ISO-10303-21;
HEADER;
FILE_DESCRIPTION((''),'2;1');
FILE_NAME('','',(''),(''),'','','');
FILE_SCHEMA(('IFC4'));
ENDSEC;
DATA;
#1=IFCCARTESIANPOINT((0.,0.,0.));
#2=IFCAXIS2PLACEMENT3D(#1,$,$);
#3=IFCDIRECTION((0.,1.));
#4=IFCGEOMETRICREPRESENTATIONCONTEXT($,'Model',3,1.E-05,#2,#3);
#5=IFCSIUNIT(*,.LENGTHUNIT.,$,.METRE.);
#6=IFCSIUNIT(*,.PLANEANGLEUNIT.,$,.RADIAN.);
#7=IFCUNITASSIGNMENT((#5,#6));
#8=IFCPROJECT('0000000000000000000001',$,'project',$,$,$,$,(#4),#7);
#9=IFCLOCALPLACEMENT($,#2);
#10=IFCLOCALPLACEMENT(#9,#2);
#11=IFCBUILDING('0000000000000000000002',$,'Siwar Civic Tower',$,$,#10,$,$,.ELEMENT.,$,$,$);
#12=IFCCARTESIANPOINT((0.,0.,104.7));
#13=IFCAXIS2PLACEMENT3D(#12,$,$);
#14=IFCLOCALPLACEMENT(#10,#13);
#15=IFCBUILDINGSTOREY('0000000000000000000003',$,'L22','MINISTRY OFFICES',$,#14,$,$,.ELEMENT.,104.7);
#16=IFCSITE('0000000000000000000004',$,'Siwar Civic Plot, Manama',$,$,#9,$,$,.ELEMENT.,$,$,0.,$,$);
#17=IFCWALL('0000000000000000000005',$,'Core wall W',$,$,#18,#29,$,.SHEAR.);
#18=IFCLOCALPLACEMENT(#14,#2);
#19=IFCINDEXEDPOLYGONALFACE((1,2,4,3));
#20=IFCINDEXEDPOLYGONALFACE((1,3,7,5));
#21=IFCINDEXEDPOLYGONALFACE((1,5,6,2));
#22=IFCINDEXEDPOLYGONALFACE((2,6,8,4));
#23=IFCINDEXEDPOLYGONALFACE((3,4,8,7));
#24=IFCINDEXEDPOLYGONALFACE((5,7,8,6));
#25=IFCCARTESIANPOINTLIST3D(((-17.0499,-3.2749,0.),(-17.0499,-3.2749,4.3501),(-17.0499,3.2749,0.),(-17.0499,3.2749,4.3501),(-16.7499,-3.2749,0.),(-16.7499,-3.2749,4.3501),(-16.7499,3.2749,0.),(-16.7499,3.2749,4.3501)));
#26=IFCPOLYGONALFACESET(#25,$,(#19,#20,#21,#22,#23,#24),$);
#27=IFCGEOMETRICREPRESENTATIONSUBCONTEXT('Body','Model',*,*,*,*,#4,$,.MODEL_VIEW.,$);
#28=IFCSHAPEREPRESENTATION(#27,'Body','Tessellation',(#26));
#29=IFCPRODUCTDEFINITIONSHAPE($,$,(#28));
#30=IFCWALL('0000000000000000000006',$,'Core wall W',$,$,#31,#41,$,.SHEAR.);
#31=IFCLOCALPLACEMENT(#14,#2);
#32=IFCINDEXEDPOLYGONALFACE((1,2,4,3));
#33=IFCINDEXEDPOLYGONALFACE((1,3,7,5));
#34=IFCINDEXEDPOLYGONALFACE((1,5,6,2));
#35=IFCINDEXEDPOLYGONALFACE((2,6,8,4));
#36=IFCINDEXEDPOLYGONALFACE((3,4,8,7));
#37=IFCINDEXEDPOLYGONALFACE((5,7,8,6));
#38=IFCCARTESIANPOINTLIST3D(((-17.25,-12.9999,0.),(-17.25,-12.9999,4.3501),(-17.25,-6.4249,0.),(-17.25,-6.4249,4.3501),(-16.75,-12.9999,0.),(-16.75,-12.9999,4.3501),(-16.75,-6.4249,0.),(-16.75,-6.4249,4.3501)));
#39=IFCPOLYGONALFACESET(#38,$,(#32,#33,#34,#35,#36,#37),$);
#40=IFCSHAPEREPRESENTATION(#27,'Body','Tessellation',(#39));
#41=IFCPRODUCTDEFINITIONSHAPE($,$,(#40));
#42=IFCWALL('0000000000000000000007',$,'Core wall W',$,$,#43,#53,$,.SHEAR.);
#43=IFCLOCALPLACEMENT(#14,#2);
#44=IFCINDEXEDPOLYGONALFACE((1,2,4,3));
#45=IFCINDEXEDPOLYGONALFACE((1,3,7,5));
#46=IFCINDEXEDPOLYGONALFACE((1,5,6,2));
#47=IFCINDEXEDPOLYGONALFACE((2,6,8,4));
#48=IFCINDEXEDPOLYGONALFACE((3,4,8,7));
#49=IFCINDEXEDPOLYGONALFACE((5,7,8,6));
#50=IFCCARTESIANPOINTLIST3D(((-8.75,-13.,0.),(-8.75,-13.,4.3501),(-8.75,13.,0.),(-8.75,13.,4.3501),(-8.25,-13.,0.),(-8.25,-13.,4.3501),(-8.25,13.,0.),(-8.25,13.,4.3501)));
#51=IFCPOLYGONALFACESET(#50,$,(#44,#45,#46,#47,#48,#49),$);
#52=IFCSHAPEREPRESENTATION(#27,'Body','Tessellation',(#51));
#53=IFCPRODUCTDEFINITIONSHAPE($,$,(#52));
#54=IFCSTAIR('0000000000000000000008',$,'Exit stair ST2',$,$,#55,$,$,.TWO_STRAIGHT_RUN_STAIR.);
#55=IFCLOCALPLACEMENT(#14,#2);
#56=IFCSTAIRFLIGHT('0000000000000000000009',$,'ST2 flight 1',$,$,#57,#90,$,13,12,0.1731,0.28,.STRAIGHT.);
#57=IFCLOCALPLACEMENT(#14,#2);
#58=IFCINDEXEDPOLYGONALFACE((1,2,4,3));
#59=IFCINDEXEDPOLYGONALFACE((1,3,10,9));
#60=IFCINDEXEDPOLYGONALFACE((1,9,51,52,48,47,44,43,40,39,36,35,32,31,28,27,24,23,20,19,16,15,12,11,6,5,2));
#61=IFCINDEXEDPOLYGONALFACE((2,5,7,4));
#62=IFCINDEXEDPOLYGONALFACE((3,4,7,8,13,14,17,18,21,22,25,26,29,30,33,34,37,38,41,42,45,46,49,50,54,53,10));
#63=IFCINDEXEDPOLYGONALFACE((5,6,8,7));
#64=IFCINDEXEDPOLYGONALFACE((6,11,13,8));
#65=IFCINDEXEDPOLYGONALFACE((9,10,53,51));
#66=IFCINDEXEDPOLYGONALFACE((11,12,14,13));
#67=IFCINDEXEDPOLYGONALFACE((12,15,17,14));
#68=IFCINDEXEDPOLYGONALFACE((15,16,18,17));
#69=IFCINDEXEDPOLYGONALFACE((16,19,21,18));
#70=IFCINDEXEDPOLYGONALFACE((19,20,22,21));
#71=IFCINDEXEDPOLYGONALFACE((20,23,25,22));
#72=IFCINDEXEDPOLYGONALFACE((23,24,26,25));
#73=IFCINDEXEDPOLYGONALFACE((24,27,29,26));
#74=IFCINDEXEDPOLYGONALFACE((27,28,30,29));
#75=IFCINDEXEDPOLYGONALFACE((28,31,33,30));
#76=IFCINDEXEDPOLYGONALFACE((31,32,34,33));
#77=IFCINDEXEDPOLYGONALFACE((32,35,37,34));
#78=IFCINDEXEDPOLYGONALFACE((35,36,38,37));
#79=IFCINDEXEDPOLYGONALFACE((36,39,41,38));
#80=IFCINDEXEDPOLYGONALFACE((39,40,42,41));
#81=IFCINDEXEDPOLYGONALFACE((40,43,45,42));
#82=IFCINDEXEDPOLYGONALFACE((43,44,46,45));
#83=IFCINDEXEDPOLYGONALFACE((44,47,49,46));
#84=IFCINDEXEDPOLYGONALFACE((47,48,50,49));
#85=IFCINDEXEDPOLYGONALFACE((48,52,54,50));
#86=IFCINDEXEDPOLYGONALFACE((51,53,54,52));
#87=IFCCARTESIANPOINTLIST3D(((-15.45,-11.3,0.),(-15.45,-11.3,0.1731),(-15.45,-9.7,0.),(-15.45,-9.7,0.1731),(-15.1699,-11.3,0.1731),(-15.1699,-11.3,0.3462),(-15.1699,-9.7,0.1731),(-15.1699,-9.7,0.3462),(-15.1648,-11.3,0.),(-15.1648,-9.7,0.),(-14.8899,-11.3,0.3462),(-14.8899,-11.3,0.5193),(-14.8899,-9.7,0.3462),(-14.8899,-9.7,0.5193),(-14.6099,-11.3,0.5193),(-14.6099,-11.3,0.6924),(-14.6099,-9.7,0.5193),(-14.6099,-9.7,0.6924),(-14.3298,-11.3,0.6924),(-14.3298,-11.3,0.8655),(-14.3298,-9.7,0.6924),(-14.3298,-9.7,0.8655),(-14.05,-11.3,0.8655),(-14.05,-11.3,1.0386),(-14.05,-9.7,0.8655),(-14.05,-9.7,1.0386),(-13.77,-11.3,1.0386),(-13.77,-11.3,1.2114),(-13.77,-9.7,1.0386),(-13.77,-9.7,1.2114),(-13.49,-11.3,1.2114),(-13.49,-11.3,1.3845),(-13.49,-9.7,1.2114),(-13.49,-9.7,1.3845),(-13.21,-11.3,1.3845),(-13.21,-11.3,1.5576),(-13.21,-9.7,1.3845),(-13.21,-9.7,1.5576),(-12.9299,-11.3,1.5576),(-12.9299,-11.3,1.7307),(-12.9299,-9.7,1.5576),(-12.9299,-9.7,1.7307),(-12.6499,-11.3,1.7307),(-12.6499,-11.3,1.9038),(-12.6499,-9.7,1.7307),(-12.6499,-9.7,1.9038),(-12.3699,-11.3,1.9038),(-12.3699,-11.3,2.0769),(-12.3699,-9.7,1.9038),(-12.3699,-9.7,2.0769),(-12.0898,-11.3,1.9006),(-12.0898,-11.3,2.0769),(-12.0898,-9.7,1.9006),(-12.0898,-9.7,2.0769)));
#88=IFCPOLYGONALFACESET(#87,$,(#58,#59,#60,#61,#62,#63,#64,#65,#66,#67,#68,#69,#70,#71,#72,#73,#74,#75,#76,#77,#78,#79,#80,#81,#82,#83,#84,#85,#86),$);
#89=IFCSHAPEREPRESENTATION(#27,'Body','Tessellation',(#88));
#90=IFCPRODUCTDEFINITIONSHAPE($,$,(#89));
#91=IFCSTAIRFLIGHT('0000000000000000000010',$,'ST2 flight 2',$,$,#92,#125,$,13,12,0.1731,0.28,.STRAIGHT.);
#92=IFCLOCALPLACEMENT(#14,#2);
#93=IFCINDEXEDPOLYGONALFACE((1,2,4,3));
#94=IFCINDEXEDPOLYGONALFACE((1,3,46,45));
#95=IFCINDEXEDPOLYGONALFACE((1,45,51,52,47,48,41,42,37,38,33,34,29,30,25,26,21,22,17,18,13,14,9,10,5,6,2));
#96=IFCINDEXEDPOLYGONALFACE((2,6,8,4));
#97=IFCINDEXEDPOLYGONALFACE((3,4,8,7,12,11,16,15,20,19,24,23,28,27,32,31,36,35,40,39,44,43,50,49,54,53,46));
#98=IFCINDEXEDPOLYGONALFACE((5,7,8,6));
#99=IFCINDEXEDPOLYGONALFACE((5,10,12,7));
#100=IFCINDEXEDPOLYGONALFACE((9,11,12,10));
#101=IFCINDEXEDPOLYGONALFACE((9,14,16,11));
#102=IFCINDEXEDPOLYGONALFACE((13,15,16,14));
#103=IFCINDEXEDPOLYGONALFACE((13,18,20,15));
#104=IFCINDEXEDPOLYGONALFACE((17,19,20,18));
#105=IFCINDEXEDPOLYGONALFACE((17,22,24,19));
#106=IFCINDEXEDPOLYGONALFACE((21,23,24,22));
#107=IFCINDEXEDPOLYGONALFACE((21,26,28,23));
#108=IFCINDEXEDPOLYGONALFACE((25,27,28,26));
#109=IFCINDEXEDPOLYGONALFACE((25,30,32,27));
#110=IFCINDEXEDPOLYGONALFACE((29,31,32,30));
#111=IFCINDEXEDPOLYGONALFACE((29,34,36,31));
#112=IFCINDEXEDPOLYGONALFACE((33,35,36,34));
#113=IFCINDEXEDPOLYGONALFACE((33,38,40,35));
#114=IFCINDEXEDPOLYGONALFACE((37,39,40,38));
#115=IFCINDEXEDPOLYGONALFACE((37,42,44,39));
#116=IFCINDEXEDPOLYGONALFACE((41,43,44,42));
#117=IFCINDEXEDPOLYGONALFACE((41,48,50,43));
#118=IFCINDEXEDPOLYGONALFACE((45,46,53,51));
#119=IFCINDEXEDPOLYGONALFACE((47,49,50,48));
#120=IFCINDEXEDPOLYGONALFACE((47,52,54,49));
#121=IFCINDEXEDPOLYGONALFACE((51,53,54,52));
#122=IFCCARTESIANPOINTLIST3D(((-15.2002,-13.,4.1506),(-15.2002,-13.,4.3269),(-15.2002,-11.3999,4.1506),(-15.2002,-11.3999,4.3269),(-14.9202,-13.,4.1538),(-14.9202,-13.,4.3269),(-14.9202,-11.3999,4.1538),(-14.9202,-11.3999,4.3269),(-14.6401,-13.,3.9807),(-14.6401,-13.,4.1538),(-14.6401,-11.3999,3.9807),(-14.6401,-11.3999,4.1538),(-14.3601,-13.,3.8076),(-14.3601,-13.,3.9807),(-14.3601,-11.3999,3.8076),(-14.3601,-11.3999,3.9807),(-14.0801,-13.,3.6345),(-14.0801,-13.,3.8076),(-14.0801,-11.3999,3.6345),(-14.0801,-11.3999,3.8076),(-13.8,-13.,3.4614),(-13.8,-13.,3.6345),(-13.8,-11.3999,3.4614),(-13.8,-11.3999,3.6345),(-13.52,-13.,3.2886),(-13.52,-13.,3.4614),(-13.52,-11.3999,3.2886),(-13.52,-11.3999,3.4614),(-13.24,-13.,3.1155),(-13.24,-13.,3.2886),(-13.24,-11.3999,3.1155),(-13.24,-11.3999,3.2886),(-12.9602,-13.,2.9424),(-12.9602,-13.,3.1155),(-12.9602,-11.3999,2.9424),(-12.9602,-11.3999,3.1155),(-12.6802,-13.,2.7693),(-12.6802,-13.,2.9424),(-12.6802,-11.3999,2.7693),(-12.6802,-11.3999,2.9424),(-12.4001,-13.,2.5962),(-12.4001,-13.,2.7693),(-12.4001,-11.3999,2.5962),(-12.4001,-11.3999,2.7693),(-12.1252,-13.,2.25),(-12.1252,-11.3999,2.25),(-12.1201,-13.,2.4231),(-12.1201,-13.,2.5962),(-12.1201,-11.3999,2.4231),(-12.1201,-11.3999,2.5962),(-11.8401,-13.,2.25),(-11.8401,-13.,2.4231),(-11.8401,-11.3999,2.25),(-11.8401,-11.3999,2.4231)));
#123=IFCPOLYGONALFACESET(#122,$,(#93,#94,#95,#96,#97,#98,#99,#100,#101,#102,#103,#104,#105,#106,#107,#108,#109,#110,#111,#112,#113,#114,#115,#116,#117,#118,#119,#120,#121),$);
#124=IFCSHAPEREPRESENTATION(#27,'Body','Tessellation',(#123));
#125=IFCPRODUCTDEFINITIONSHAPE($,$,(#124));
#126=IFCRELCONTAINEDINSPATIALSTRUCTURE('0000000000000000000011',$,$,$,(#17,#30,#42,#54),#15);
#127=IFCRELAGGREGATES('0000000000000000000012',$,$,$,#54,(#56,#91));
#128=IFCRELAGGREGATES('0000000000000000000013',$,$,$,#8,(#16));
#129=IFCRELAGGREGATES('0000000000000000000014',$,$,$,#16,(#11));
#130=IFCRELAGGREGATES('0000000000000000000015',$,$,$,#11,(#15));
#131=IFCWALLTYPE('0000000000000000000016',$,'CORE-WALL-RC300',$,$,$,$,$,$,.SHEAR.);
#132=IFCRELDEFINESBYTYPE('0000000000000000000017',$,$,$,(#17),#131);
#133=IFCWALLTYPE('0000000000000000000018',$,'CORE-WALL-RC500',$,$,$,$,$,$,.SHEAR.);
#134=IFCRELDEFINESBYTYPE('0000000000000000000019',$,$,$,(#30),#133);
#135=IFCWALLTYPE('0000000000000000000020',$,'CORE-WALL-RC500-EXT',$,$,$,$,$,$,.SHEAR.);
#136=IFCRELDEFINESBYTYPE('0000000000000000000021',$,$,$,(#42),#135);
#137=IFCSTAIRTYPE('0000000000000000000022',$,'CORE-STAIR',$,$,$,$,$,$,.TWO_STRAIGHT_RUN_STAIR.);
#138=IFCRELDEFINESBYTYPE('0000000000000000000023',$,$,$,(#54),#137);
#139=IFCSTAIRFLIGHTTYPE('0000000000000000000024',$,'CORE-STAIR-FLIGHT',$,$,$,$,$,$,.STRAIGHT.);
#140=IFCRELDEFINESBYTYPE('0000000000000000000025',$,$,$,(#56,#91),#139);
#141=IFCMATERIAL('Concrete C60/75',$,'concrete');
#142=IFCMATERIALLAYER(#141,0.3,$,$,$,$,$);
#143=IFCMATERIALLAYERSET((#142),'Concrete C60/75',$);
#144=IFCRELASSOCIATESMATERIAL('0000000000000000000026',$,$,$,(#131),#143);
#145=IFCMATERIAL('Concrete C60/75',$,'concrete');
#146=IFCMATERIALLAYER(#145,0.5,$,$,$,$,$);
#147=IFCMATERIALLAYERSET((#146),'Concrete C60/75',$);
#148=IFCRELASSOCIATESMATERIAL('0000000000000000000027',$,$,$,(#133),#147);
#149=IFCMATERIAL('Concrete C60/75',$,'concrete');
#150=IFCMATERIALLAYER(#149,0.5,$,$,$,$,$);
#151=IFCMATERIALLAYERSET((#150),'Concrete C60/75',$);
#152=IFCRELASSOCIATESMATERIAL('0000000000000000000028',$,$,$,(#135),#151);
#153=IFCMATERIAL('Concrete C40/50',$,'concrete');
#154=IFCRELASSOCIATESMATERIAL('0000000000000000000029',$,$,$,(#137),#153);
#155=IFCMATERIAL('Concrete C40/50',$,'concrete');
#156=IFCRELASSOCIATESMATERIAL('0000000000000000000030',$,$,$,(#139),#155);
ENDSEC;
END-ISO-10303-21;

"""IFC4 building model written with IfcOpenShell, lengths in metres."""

from ifc_helpers import new_model, si_unit, direction, frame, frame_2d, origin, place, context, subcontext, project, spatial, polyline, rectangle, outline, extrude, material, layer, layer_set, type_object, element, aggregate, save


model = new_model("IFC4")

# Units and contexts
model_context = context("Model", 3, precision=1e-05, world=origin(), true_north=direction((0.0, 1.0)))
body_context = subcontext(model_context, "Body", "Model", "MODEL_VIEW")
ifc_project = project(units=[si_unit("LENGTHUNIT", "METRE"), si_unit("PLANEANGLEUNIT", "RADIAN")], contexts=[model_context])

# Site, building, storey
site_placement = place(None, origin())
site = spatial("IfcSite", under=ifc_project, at=site_placement, Name="Siwar Civic Plot, Manama", CompositionType="ELEMENT", RefElevation=0.0)
building_placement = place(site_placement, origin())
building = spatial("IfcBuilding", under=site, at=building_placement, Name="Siwar Civic Tower", CompositionType="ELEMENT")
storey_placement = place(building_placement, frame((0.0, 0.0, 104.7)))
storey = spatial("IfcBuildingStorey", under=building, at=storey_placement, Name="L22", Description="MINISTRY OFFICES", CompositionType="ELEMENT", Elevation=104.7)

# Shared definitions
ifc_material_1 = material(Name="Concrete C60/75", Category="concrete")
ifc_layer_1 = layer(ifc_material_1, 0.3)
ifc_layer_set_1 = layer_set([ifc_layer_1], Name="Concrete C60/75")
wall_type_1 = type_object("IfcWallType", Name="CORE-WALL-RC300", PredefinedType="SHEAR", material=ifc_layer_set_1)

# Walls
wall_1_placement = place(storey_placement, frame((-16.8999, -3.2749, 0.0), z_axis=(0.0, 0.0, 1.0), x_axis=(0.0, 1.0, 0.0)))
element("IfcWall", 1, at=wall_1_placement, inside=storey, type_object=wall_type_1, Name="Core wall W", PredefinedType="SHEAR", context=body_context, shape_type="SweptSolid", body=[
    extrude(rectangle(XDim=6.5498, YDim=0.3, at=frame_2d((3.2749, 0.0))), origin(), (0.0, 0.0, 1.0), 4.3501),
])
ifc_material_2 = material(Name="Concrete C60/75", Category="concrete")
ifc_layer_2 = layer(ifc_material_2, 0.5)
ifc_layer_set_2 = layer_set([ifc_layer_2], Name="Concrete C60/75")
wall_type_2 = type_object("IfcWallType", Name="CORE-WALL-RC500", PredefinedType="SHEAR", material=ifc_layer_set_2)
wall_2_placement = place(storey_placement, frame((-17.0, -13.0, 0.0), z_axis=(0.0, 0.0, 1.0), x_axis=(0.0, 1.0, 0.0)))
element("IfcWall", 2, at=wall_2_placement, inside=storey, type_object=wall_type_2, Name="Core wall W", PredefinedType="SHEAR", context=body_context, shape_type="SweptSolid", body=[
    extrude(rectangle(XDim=6.575, YDim=0.5, at=frame_2d((3.2876, 0.0))), origin(), (0.0, 0.0, 1.0), 4.3501),
])
ifc_material_3 = material(Name="Concrete C60/75", Category="concrete")
ifc_layer_3 = layer(ifc_material_3, 0.5)
ifc_layer_set_3 = layer_set([ifc_layer_3], Name="Concrete C60/75")
wall_type_3 = type_object("IfcWallType", Name="CORE-WALL-RC500-EXT", PredefinedType="SHEAR", material=ifc_layer_set_3)
wall_3_placement = place(storey_placement, frame((-8.5, -13.0, 0.0), z_axis=(0.0, 0.0, 1.0), x_axis=(0.0, 1.0, 0.0)))
element("IfcWall", 3, at=wall_3_placement, inside=storey, type_object=wall_type_3, Name="Core wall W", PredefinedType="SHEAR", context=body_context, shape_type="SweptSolid", body=[
    extrude(rectangle(XDim=26.0, YDim=0.5, at=frame_2d((13.0, 0.0))), origin(), (0.0, 0.0, 1.0), 4.3501),
])

# Stair, stair flights
ifc_material_4 = material(Name="Concrete C40/50", Category="concrete")
stair_type = type_object("IfcStairType", Name="CORE-STAIR", PredefinedType="TWO_STRAIGHT_RUN_STAIR", material=ifc_material_4)
stair_placement = place(storey_placement, origin())
stair = element("IfcStair", 4, at=stair_placement, inside=storey, type_object=stair_type, Name="Exit stair ST2", PredefinedType="TWO_STRAIGHT_RUN_STAIR")
ifc_material_5 = material(Name="Concrete C40/50", Category="concrete")
stair_flight_type = type_object("IfcStairFlightType", Name="CORE-STAIR-FLIGHT", PredefinedType="STRAIGHT", material=ifc_material_5)
stair_flight_1_placement = place(storey_placement, frame((-15.45, -10.5, 0.0), z_axis=(0.0, 0.0, 1.0), x_axis=(1.0, 0.0, 0.0)))
stair_flight_1 = element("IfcStairFlight", 5, at=stair_flight_1_placement, type_object=stair_flight_type, Name="ST2 flight 1", NumberOfRisers=13, NumberOfTreads=12, PredefinedType="STRAIGHT", RiserHeight=0.1731, TreadLength=0.28, context=body_context, shape_type="SweptSolid", body=[
    extrude(outline(polyline([(0.0, 0.0), (0.0, 0.1731), (0.28, 0.1731), (0.28, 0.3462), (0.5601, 0.3462), (0.5601, 0.5193), (0.8401, 0.5193), (0.8401, 0.6924), (1.1201, 0.6924), (1.1201, 0.8655), (1.3999, 0.8655), (1.3999, 1.0386), (1.6799, 1.0386), (1.6799, 1.2114), (1.96, 1.2114), (1.96, 1.3845), (2.24, 1.3845), (2.24, 1.5576), (2.52, 1.5576), (2.52, 1.7307), (2.8, 1.7307), (2.8, 1.9038), (3.0801, 1.9038), (3.0801, 2.0769), (3.3601, 2.0769), (3.3601, 2.25), (3.3601, 1.9006), (0.2852, 0.0), (0.0, 0.0)])), frame((0.0, 0.8, 0.0), z_axis=(0.0, -1.0, 0.0), x_axis=(1.0, 0.0, 0.0)), (0.0, 0.0, 1.0), 1.6001),
])
stair_flight_2_placement = place(storey_placement, frame((-11.8401, -12.2, 2.25), z_axis=(0.0, 0.0, 1.0), x_axis=(-1.0, 0.0, 0.0)))
stair_flight_2 = element("IfcStairFlight", 6, at=stair_flight_2_placement, type_object=stair_flight_type, Name="ST2 flight 2", NumberOfRisers=13, NumberOfTreads=12, PredefinedType="STRAIGHT", RiserHeight=0.1731, TreadLength=0.28, context=body_context, shape_type="SweptSolid", body=[
    extrude(outline(polyline([(0.0, 0.0), (0.0, 0.1731), (0.28, 0.1731), (0.28, 0.3462), (0.5601, 0.3462), (0.5601, 0.5193), (0.8401, 0.5193), (0.8401, 0.6924), (1.1201, 0.6924), (1.1201, 0.8655), (1.3999, 0.8655), (1.3999, 1.0386), (1.6799, 1.0386), (1.6799, 1.2114), (1.96, 1.2114), (1.96, 1.3845), (2.24, 1.3845), (2.24, 1.5576), (2.52, 1.5576), (2.52, 1.7307), (2.8, 1.7307), (2.8, 1.9038), (3.0801, 1.9038), (3.0801, 2.0769), (3.3601, 2.0769), (3.3601, 2.25), (3.3601, 1.9006), (0.2852, 0.0), (0.0, 0.0)])), frame((0.0, 0.8, 0.0), z_axis=(0.0, -1.0, 0.0), x_axis=(1.0, 0.0, 0.0)), (0.0, 0.0, 1.0), 1.6001),
])
aggregate(stair, [stair_flight_1, stair_flight_2])

save(model, "model.ifc")
